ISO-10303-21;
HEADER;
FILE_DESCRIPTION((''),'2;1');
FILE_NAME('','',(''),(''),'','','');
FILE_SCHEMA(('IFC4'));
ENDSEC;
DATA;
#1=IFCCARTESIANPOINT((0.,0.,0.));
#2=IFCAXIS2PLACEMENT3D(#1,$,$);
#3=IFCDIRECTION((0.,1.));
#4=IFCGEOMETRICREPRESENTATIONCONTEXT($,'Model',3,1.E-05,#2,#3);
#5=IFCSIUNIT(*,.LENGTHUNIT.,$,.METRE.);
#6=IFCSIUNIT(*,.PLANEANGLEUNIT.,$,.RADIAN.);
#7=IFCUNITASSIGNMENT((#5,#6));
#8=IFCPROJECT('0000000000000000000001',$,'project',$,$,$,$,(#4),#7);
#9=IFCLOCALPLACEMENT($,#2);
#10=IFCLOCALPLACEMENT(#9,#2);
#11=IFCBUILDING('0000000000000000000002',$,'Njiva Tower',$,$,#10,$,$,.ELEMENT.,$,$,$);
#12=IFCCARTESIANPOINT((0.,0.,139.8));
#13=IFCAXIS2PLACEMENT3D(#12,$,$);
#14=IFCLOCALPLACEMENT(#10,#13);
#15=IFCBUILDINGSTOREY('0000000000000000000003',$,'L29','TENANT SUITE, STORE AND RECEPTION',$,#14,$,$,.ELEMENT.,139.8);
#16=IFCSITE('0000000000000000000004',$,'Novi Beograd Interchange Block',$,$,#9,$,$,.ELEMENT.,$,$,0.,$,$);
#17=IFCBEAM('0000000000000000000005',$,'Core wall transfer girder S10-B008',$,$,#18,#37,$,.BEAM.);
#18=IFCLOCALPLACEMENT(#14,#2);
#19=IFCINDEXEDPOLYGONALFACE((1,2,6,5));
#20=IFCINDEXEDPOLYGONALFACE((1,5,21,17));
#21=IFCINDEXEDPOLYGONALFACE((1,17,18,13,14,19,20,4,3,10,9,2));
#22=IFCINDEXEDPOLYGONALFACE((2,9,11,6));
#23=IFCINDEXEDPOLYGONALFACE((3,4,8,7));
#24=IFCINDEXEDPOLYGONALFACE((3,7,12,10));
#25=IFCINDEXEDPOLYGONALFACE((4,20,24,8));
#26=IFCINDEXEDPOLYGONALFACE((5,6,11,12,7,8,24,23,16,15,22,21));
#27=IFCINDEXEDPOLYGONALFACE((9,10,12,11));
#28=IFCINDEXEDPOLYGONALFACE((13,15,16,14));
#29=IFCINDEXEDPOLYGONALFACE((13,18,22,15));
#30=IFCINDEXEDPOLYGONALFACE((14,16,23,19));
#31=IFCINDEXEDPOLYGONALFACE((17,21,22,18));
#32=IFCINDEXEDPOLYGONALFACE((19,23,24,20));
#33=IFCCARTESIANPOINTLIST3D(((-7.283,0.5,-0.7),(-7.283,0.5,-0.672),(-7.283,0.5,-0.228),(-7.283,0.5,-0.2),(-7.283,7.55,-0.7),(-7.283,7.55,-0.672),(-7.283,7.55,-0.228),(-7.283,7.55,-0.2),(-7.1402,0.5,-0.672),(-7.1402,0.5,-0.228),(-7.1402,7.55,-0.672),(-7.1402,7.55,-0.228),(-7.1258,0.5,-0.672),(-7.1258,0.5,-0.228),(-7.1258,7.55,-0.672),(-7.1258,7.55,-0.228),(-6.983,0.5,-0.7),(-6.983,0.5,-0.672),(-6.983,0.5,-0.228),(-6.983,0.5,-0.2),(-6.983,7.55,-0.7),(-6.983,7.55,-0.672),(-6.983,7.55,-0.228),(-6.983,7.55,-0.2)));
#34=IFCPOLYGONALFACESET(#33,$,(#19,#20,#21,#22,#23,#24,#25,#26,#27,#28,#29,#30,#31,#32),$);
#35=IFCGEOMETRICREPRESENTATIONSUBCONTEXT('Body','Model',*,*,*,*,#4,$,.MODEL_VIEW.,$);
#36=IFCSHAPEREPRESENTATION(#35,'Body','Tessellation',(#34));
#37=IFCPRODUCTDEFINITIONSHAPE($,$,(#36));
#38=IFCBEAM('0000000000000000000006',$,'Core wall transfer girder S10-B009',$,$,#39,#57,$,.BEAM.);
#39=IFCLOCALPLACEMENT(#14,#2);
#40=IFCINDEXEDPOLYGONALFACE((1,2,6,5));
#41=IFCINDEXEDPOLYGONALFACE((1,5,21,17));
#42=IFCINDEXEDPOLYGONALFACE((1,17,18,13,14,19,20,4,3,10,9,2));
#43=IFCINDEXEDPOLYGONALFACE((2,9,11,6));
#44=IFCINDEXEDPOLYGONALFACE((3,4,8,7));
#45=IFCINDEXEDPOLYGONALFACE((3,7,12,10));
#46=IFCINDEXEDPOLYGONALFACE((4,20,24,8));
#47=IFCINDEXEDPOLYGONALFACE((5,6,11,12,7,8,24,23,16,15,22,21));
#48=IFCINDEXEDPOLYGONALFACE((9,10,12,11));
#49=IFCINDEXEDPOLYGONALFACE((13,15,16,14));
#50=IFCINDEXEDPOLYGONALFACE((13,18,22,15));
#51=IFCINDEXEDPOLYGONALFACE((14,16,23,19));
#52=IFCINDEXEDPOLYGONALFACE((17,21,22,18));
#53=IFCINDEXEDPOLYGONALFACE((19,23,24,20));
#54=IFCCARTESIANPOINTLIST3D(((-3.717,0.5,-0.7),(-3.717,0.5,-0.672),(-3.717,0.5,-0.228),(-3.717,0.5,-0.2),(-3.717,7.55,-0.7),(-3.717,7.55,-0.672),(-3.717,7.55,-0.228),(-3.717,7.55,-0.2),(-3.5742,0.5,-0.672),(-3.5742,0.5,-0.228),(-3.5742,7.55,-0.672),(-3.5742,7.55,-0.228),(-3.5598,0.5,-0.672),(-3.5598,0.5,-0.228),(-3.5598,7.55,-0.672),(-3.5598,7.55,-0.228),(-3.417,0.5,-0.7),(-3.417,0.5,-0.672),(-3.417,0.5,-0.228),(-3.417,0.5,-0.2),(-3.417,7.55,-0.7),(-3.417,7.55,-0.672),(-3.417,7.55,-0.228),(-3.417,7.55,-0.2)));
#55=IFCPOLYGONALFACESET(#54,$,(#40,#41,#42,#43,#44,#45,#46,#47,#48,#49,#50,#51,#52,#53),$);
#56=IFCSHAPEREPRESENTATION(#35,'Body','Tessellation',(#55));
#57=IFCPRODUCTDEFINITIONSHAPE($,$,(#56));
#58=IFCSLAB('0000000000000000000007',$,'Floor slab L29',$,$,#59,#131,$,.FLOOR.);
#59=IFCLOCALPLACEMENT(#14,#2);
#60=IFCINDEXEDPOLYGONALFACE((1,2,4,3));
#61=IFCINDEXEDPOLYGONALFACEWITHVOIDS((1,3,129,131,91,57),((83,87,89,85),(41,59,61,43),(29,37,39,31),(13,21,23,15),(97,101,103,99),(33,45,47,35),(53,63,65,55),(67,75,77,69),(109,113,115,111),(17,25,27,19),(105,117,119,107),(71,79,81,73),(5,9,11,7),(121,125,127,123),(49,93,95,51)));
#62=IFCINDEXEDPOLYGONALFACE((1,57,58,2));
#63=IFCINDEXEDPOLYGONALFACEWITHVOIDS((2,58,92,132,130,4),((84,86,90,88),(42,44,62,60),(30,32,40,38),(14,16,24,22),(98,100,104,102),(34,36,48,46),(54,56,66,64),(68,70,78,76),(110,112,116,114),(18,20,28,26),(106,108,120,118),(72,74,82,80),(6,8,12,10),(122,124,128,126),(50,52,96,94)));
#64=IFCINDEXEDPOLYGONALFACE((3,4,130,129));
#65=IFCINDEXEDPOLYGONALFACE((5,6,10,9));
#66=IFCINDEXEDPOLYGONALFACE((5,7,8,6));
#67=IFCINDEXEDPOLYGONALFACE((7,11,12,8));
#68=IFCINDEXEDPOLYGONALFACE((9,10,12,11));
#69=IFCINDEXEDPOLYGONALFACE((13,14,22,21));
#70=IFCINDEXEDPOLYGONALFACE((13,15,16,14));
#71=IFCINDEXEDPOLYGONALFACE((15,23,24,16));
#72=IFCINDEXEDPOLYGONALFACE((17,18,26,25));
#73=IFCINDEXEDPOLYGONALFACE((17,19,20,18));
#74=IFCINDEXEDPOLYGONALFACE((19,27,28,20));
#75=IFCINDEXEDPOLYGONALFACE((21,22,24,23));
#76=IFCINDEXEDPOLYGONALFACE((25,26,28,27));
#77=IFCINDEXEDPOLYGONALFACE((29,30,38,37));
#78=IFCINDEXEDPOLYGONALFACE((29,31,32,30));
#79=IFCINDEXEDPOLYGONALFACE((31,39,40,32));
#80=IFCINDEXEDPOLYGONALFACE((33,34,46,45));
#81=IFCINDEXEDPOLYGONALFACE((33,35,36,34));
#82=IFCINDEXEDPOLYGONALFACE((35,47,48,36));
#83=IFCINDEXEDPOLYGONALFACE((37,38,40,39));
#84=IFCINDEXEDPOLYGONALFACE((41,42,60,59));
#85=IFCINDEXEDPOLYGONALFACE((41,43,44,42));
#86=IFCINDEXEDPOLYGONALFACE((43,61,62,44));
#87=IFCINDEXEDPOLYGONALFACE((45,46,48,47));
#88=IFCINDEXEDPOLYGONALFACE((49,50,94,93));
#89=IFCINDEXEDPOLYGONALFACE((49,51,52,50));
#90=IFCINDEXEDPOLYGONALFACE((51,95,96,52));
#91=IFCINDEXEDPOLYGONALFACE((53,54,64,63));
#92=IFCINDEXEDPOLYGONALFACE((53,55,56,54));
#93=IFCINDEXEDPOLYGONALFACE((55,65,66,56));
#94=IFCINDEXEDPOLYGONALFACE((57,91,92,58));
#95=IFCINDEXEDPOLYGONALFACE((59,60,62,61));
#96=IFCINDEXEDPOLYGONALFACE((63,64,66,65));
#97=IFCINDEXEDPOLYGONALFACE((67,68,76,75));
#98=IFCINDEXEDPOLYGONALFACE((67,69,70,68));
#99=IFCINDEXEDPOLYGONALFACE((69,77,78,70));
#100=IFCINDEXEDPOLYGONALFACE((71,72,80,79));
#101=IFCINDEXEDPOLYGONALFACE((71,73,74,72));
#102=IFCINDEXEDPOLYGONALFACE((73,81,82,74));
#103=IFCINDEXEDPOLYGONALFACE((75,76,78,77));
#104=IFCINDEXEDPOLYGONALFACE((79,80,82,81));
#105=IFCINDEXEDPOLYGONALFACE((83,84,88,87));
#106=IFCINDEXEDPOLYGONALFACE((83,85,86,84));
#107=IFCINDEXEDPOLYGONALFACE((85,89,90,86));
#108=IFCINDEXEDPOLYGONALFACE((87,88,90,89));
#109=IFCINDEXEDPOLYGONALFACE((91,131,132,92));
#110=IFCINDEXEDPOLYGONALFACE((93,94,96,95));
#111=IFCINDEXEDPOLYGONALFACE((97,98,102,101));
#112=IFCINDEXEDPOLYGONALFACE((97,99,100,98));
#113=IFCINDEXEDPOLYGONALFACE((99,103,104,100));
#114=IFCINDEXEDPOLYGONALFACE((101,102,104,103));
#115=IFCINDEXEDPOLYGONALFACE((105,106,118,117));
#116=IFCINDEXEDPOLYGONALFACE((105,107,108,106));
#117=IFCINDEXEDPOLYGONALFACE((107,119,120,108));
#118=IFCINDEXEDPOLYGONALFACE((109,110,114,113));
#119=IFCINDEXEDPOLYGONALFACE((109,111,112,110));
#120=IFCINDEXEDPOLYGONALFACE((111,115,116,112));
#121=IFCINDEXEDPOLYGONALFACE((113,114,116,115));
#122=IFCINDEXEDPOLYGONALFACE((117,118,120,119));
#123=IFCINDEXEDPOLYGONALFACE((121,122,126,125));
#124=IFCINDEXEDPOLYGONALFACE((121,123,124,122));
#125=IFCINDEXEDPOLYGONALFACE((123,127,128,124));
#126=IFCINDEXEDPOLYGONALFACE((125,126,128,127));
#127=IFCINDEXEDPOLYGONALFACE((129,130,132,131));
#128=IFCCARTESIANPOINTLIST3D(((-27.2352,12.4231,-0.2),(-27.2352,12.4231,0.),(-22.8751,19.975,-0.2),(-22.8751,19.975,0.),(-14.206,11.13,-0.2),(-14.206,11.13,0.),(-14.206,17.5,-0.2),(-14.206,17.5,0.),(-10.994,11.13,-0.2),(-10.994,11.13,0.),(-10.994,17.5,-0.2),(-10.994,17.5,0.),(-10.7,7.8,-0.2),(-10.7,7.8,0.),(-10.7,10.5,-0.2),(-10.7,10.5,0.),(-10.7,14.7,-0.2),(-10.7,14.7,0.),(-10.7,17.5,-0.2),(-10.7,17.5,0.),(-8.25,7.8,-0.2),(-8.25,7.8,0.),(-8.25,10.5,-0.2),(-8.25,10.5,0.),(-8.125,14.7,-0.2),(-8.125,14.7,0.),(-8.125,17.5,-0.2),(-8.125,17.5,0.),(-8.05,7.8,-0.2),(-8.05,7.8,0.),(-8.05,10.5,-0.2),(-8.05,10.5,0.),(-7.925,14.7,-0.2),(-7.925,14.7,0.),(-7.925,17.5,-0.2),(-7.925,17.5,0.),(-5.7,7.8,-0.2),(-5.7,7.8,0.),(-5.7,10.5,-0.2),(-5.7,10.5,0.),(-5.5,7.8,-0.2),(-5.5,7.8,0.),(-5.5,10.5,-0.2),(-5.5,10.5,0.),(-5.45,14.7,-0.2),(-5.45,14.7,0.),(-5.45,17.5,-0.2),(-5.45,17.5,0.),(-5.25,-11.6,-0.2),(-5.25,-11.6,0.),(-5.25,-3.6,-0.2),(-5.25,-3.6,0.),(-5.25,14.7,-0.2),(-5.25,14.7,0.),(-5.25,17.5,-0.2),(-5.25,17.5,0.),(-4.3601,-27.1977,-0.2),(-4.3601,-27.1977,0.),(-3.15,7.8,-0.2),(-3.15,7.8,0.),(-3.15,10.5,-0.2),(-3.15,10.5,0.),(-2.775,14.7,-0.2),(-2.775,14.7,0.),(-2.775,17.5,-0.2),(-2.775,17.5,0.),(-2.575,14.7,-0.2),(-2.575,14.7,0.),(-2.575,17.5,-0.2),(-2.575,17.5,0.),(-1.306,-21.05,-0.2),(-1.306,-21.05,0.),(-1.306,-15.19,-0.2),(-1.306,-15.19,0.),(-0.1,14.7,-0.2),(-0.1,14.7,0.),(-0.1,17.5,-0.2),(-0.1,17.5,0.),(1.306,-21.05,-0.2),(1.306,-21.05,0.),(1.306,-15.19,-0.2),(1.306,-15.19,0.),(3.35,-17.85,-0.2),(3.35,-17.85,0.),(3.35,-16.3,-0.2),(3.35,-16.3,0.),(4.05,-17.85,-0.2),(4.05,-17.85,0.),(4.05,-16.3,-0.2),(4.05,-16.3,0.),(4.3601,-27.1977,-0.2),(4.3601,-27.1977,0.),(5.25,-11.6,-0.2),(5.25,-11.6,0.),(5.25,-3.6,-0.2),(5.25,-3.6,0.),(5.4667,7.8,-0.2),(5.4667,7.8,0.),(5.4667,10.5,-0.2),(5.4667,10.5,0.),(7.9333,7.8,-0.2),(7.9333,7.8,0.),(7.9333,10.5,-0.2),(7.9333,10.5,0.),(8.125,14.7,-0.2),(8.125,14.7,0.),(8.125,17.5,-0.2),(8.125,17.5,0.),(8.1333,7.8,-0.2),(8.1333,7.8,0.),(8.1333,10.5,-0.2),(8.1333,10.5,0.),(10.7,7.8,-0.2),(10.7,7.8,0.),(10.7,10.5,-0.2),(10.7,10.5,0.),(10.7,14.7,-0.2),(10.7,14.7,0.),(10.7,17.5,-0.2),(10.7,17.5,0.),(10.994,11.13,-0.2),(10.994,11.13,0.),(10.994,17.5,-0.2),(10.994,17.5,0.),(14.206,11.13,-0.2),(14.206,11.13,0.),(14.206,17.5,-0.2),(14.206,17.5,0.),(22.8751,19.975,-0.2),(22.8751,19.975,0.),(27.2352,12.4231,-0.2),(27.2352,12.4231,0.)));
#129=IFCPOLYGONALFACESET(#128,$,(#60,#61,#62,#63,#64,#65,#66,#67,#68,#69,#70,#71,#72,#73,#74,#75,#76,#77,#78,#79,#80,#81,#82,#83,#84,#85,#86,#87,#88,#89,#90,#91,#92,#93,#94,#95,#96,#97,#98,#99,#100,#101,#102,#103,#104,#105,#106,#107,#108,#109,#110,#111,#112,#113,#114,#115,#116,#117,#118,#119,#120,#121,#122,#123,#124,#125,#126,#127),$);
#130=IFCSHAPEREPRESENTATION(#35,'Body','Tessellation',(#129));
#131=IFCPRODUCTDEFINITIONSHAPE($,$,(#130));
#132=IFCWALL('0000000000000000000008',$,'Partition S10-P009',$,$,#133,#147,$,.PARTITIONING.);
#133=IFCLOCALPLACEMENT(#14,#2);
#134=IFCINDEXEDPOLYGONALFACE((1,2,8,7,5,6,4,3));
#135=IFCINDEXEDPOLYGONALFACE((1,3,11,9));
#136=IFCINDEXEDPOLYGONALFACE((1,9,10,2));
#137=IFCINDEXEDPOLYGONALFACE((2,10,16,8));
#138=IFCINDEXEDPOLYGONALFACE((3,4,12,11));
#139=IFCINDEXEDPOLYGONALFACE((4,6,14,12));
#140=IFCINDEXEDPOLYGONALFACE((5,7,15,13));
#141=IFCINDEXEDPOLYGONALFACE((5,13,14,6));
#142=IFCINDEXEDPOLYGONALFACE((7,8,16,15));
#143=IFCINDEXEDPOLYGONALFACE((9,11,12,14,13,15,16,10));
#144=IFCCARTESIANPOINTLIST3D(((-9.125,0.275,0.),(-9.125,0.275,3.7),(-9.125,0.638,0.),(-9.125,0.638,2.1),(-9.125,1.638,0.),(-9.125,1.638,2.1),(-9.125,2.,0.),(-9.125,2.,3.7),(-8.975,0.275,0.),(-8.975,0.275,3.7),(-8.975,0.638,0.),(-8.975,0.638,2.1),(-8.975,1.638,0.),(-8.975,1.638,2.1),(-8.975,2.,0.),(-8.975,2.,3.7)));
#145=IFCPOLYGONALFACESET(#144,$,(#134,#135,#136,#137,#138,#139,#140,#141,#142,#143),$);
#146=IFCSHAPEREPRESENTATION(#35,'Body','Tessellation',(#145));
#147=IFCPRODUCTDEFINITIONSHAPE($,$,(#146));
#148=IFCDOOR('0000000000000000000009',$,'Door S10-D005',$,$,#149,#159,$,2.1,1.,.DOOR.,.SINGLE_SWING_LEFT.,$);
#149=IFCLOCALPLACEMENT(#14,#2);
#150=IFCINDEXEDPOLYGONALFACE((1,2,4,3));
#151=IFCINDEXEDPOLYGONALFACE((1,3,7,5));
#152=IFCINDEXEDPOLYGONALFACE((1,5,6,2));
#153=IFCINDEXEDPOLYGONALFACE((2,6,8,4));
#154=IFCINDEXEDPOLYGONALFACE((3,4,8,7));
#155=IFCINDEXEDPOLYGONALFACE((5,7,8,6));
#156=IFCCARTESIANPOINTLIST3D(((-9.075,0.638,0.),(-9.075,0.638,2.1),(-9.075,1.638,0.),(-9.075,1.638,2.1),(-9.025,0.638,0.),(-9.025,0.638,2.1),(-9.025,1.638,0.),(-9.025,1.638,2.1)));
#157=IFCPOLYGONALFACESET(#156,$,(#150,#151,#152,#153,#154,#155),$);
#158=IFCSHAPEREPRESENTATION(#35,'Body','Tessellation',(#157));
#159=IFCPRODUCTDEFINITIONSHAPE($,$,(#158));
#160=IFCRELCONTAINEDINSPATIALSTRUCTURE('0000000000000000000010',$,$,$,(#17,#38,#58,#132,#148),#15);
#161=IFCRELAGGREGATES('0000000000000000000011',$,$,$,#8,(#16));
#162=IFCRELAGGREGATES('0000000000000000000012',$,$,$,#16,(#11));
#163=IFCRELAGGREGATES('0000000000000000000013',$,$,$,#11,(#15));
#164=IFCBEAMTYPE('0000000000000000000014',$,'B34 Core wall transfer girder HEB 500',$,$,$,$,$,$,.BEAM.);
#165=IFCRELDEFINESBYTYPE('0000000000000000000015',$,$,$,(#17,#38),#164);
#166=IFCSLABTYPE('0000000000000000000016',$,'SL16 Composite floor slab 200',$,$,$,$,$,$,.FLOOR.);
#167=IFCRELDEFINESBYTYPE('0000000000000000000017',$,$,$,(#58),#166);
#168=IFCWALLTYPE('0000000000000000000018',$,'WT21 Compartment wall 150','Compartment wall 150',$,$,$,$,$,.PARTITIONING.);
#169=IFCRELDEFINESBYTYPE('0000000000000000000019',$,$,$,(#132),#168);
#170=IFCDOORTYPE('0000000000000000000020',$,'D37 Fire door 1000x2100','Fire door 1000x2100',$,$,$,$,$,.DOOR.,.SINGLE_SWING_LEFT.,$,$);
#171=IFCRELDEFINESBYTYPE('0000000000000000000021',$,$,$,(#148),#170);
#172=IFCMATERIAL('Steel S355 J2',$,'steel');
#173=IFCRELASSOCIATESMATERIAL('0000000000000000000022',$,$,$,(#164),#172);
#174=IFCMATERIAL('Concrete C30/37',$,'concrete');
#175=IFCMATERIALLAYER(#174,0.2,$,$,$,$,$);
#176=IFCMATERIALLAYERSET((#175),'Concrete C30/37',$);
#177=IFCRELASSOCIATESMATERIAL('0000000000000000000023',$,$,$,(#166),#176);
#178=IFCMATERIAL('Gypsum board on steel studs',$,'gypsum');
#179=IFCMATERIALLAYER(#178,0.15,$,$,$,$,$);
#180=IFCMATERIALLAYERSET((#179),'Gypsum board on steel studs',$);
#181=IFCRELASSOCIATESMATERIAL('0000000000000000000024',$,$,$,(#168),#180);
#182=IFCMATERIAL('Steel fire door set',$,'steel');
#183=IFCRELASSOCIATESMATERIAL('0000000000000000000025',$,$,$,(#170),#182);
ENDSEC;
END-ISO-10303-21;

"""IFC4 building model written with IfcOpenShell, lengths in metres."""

from ifc_helpers import new_model, si_unit, direction, frame, frame_2d, origin, origin_2d, place, context, subcontext, project, spatial, polyline, rectangle, i_section, outline, extrude, material, layer, layer_set, material_profile, profile_set, type_object, element, fill, save


model = new_model("IFC4")

# Units and contexts
model_context = context("Model", 3, precision=1e-05, world=origin(), true_north=direction((0.0, 1.0)))
body_context = subcontext(model_context, "Body", "Model", "MODEL_VIEW")
ifc_project = project(units=[si_unit("LENGTHUNIT", "METRE"), si_unit("PLANEANGLEUNIT", "RADIAN")], contexts=[model_context])

# Site, building, storey
site_placement = place(None, origin())
site = spatial("IfcSite", under=ifc_project, at=site_placement, Name="Novi Beograd Interchange Block", CompositionType="ELEMENT", RefElevation=0.0)
building_placement = place(site_placement, origin())
building = spatial("IfcBuilding", under=site, at=building_placement, Name="Njiva Tower", CompositionType="ELEMENT")
storey_placement = place(building_placement, frame((0.0, 0.0, 139.8)))
storey = spatial("IfcBuildingStorey", under=building, at=storey_placement, Name="L29", Description="TENANT SUITE, STORE AND RECEPTION", CompositionType="ELEMENT", Elevation=139.8)

# Shared definitions
ifc_material_1 = material(Name="Steel S355 J2", Category="steel")

# Beams
ifc_material_profile_1 = material_profile(ifc_material_1, i_section(OverallWidth=0.3, OverallDepth=0.5, WebThickness=0.0145, FlangeThickness=0.028, at=origin_2d()), Name="HEB 500")
ifc_profile_set_1 = profile_set([ifc_material_profile_1], Name="Steel S355 J2")
beam_type_1 = type_object("IfcBeamType", Name="B34 Core wall transfer girder HEB 500", PredefinedType="BEAM", material=ifc_profile_set_1)
for number, where, z_axis, x_axis, name in (
    (1, (-7.133, 0.5, -0.45), (0.0, 1.0, 0.0), (-1.0, 0.0, 0.0), "Core wall transfer girder S10-B008"),
    (2, (-3.567, 0.5, -0.45), (0.0, 1.0, 0.0), (-1.0, 0.0, 0.0), "Core wall transfer girder S10-B009"),
):
    element("IfcBeam", number, at=place(storey_placement, frame(where, z_axis=z_axis, x_axis=x_axis)), inside=storey, type_object=beam_type_1, Name=name, PredefinedType="BEAM", context=body_context, shape_type="SweptSolid", body=[
        extrude(i_section(OverallWidth=0.3, OverallDepth=0.5, WebThickness=0.0145, FlangeThickness=0.028, at=origin_2d()), origin(), (0.0, 0.0, 1.0), 7.05),
    ])

# Slab
ifc_material_2 = material(Name="Concrete C30/37", Category="concrete")
ifc_layer_1 = layer(ifc_material_2, 0.2)
ifc_layer_set_1 = layer_set([ifc_layer_1], Name="Concrete C30/37")
slab_type = type_object("IfcSlabType", Name="SL16 Composite floor slab 200", PredefinedType="FLOOR", material=ifc_layer_set_1)
slab_placement = place(storey_placement, frame((0.0, 0.0, -0.2)))
element("IfcSlab", 3, at=slab_placement, inside=storey, type_object=slab_type, Name="Floor slab L29", PredefinedType="FLOOR", context=body_context, shape_type="SweptSolid", body=[
    extrude(outline(polyline([(27.2352, 12.4231), (4.3601, -27.1977), (-4.3601, -27.1977), (-27.2352, 12.4231), (-22.8751, 19.975), (22.8751, 19.975), (27.2352, 12.4231)]), holes=[polyline([(10.994, 11.13), (14.206, 11.13), (14.206, 17.5), (10.994, 17.5), (10.994, 11.13)]), polyline([(8.125, 14.7), (10.7, 14.7), (10.7, 17.5), (8.125, 17.5), (8.125, 14.7)]), polyline([(8.1333, 7.8), (10.7, 7.8), (10.7, 10.5), (8.1333, 10.5), (8.1333, 7.8)]), polyline([(5.4667, 7.8), (7.9333, 7.8), (7.9333, 10.5), (5.4667, 10.5), (5.4667, 7.8)]), polyline([(5.25, -11.6), (5.25, -3.6), (-5.25, -3.6), (-5.25, -11.6), (5.25, -11.6)]), polyline([(3.35, -17.85), (4.05, -17.85), (4.05, -16.3), (3.35, -16.3), (3.35, -17.85)]), polyline([(-1.306, -21.05), (1.306, -21.05), (1.306, -15.19), (-1.306, -15.19), (-1.306, -21.05)]), polyline([(-2.575, 14.7), (-0.1, 14.7), (-0.1, 17.5), (-2.575, 17.5), (-2.575, 14.7)]), polyline([(-5.25, 14.7), (-2.775, 14.7), (-2.775, 17.5), (-5.25, 17.5), (-5.25, 14.7)]), polyline([(-5.5, 7.8), (-3.15, 7.8), (-3.15, 10.5), (-5.5, 10.5), (-5.5, 7.8)]), polyline([(-7.925, 14.7), (-5.45, 14.7), (-5.45, 17.5), (-7.925, 17.5), (-7.925, 14.7)]), polyline([(-8.05, 7.8), (-5.7, 7.8), (-5.7, 10.5), (-8.05, 10.5), (-8.05, 7.8)]), polyline([(-10.7, 14.7), (-8.125, 14.7), (-8.125, 17.5), (-10.7, 17.5), (-10.7, 14.7)]), polyline([(-8.25, 7.8), (-8.25, 10.5), (-10.7, 10.5), (-10.7, 7.8), (-8.25, 7.8)]), polyline([(-14.206, 11.13), (-10.994, 11.13), (-10.994, 17.5), (-14.206, 17.5), (-14.206, 11.13)])]), origin(), (0.0, 0.0, 1.0), 0.2),
])

# Wall, opening, door
ifc_material_3 = material(Name="Gypsum board on steel studs", Category="gypsum")
ifc_layer_2 = layer(ifc_material_3, 0.15)
ifc_layer_set_2 = layer_set([ifc_layer_2], Name="Gypsum board on steel studs")
wall_type_1 = type_object("IfcWallType", Name="WT21 Compartment wall 150", Description="Compartment wall 150", PredefinedType="PARTITIONING", material=ifc_layer_set_2)
wall_1_placement = place(storey_placement, frame((-9.05, 0.275, 0.0), z_axis=(0.0, 0.0, 1.0), x_axis=(0.0, 1.0, 0.0)))
wall_1 = element("IfcWall", 4, at=wall_1_placement, inside=storey, type_object=wall_type_1, Name="Partition S10-P009", PredefinedType="PARTITIONING", context=body_context, shape_type="SweptSolid", body=[
    extrude(rectangle(XDim=1.725, YDim=0.15, at=frame_2d((0.8625, 0.0))), origin(), (0.0, 0.0, 1.0), 3.7),
])
opening_1_placement = place(wall_1_placement, frame((0.363, 0.0, 0.0)))
opening_1 = element("IfcOpeningElement", 5, at=opening_1_placement, cuts=wall_1, PredefinedType="OPENING", context=body_context, shape_type="SweptSolid", body=[
    extrude(rectangle(XDim=1.0, YDim=2.1, at=frame_2d((0.5, 1.05))), frame((0.0, 0.085, 0.0), z_axis=(0.0, -1.0, 0.0), x_axis=(1.0, 0.0, 0.0)), (0.0, 0.0, 1.0), 0.17),
])
ifc_material_4 = material(Name="Steel fire door set", Category="steel")
door_type_1 = type_object("IfcDoorType", Name="D37 Fire door 1000x2100", Description="Fire door 1000x2100", OperationType="SINGLE_SWING_LEFT", PredefinedType="DOOR", material=ifc_material_4)
door_1_placement = place(opening_1_placement, origin())
door_1 = element("IfcDoor", 6, at=door_1_placement, inside=storey, type_object=door_type_1, Name="Door S10-D005", OperationType="SINGLE_SWING_LEFT", OverallHeight=2.1, OverallWidth=1.0, PredefinedType="DOOR", context=body_context, shape_type="SweptSolid", body=[
    extrude(rectangle(XDim=1.0, YDim=2.1, at=frame_2d((0.5, 1.05))), frame((0.0, 0.025, 0.0), z_axis=(0.0, -1.0, 0.0), x_axis=(1.0, 0.0, 0.0)), (0.0, 0.0, 1.0), 0.05),
])
fill(opening_1, door_1)

save(model, "model.ifc")
